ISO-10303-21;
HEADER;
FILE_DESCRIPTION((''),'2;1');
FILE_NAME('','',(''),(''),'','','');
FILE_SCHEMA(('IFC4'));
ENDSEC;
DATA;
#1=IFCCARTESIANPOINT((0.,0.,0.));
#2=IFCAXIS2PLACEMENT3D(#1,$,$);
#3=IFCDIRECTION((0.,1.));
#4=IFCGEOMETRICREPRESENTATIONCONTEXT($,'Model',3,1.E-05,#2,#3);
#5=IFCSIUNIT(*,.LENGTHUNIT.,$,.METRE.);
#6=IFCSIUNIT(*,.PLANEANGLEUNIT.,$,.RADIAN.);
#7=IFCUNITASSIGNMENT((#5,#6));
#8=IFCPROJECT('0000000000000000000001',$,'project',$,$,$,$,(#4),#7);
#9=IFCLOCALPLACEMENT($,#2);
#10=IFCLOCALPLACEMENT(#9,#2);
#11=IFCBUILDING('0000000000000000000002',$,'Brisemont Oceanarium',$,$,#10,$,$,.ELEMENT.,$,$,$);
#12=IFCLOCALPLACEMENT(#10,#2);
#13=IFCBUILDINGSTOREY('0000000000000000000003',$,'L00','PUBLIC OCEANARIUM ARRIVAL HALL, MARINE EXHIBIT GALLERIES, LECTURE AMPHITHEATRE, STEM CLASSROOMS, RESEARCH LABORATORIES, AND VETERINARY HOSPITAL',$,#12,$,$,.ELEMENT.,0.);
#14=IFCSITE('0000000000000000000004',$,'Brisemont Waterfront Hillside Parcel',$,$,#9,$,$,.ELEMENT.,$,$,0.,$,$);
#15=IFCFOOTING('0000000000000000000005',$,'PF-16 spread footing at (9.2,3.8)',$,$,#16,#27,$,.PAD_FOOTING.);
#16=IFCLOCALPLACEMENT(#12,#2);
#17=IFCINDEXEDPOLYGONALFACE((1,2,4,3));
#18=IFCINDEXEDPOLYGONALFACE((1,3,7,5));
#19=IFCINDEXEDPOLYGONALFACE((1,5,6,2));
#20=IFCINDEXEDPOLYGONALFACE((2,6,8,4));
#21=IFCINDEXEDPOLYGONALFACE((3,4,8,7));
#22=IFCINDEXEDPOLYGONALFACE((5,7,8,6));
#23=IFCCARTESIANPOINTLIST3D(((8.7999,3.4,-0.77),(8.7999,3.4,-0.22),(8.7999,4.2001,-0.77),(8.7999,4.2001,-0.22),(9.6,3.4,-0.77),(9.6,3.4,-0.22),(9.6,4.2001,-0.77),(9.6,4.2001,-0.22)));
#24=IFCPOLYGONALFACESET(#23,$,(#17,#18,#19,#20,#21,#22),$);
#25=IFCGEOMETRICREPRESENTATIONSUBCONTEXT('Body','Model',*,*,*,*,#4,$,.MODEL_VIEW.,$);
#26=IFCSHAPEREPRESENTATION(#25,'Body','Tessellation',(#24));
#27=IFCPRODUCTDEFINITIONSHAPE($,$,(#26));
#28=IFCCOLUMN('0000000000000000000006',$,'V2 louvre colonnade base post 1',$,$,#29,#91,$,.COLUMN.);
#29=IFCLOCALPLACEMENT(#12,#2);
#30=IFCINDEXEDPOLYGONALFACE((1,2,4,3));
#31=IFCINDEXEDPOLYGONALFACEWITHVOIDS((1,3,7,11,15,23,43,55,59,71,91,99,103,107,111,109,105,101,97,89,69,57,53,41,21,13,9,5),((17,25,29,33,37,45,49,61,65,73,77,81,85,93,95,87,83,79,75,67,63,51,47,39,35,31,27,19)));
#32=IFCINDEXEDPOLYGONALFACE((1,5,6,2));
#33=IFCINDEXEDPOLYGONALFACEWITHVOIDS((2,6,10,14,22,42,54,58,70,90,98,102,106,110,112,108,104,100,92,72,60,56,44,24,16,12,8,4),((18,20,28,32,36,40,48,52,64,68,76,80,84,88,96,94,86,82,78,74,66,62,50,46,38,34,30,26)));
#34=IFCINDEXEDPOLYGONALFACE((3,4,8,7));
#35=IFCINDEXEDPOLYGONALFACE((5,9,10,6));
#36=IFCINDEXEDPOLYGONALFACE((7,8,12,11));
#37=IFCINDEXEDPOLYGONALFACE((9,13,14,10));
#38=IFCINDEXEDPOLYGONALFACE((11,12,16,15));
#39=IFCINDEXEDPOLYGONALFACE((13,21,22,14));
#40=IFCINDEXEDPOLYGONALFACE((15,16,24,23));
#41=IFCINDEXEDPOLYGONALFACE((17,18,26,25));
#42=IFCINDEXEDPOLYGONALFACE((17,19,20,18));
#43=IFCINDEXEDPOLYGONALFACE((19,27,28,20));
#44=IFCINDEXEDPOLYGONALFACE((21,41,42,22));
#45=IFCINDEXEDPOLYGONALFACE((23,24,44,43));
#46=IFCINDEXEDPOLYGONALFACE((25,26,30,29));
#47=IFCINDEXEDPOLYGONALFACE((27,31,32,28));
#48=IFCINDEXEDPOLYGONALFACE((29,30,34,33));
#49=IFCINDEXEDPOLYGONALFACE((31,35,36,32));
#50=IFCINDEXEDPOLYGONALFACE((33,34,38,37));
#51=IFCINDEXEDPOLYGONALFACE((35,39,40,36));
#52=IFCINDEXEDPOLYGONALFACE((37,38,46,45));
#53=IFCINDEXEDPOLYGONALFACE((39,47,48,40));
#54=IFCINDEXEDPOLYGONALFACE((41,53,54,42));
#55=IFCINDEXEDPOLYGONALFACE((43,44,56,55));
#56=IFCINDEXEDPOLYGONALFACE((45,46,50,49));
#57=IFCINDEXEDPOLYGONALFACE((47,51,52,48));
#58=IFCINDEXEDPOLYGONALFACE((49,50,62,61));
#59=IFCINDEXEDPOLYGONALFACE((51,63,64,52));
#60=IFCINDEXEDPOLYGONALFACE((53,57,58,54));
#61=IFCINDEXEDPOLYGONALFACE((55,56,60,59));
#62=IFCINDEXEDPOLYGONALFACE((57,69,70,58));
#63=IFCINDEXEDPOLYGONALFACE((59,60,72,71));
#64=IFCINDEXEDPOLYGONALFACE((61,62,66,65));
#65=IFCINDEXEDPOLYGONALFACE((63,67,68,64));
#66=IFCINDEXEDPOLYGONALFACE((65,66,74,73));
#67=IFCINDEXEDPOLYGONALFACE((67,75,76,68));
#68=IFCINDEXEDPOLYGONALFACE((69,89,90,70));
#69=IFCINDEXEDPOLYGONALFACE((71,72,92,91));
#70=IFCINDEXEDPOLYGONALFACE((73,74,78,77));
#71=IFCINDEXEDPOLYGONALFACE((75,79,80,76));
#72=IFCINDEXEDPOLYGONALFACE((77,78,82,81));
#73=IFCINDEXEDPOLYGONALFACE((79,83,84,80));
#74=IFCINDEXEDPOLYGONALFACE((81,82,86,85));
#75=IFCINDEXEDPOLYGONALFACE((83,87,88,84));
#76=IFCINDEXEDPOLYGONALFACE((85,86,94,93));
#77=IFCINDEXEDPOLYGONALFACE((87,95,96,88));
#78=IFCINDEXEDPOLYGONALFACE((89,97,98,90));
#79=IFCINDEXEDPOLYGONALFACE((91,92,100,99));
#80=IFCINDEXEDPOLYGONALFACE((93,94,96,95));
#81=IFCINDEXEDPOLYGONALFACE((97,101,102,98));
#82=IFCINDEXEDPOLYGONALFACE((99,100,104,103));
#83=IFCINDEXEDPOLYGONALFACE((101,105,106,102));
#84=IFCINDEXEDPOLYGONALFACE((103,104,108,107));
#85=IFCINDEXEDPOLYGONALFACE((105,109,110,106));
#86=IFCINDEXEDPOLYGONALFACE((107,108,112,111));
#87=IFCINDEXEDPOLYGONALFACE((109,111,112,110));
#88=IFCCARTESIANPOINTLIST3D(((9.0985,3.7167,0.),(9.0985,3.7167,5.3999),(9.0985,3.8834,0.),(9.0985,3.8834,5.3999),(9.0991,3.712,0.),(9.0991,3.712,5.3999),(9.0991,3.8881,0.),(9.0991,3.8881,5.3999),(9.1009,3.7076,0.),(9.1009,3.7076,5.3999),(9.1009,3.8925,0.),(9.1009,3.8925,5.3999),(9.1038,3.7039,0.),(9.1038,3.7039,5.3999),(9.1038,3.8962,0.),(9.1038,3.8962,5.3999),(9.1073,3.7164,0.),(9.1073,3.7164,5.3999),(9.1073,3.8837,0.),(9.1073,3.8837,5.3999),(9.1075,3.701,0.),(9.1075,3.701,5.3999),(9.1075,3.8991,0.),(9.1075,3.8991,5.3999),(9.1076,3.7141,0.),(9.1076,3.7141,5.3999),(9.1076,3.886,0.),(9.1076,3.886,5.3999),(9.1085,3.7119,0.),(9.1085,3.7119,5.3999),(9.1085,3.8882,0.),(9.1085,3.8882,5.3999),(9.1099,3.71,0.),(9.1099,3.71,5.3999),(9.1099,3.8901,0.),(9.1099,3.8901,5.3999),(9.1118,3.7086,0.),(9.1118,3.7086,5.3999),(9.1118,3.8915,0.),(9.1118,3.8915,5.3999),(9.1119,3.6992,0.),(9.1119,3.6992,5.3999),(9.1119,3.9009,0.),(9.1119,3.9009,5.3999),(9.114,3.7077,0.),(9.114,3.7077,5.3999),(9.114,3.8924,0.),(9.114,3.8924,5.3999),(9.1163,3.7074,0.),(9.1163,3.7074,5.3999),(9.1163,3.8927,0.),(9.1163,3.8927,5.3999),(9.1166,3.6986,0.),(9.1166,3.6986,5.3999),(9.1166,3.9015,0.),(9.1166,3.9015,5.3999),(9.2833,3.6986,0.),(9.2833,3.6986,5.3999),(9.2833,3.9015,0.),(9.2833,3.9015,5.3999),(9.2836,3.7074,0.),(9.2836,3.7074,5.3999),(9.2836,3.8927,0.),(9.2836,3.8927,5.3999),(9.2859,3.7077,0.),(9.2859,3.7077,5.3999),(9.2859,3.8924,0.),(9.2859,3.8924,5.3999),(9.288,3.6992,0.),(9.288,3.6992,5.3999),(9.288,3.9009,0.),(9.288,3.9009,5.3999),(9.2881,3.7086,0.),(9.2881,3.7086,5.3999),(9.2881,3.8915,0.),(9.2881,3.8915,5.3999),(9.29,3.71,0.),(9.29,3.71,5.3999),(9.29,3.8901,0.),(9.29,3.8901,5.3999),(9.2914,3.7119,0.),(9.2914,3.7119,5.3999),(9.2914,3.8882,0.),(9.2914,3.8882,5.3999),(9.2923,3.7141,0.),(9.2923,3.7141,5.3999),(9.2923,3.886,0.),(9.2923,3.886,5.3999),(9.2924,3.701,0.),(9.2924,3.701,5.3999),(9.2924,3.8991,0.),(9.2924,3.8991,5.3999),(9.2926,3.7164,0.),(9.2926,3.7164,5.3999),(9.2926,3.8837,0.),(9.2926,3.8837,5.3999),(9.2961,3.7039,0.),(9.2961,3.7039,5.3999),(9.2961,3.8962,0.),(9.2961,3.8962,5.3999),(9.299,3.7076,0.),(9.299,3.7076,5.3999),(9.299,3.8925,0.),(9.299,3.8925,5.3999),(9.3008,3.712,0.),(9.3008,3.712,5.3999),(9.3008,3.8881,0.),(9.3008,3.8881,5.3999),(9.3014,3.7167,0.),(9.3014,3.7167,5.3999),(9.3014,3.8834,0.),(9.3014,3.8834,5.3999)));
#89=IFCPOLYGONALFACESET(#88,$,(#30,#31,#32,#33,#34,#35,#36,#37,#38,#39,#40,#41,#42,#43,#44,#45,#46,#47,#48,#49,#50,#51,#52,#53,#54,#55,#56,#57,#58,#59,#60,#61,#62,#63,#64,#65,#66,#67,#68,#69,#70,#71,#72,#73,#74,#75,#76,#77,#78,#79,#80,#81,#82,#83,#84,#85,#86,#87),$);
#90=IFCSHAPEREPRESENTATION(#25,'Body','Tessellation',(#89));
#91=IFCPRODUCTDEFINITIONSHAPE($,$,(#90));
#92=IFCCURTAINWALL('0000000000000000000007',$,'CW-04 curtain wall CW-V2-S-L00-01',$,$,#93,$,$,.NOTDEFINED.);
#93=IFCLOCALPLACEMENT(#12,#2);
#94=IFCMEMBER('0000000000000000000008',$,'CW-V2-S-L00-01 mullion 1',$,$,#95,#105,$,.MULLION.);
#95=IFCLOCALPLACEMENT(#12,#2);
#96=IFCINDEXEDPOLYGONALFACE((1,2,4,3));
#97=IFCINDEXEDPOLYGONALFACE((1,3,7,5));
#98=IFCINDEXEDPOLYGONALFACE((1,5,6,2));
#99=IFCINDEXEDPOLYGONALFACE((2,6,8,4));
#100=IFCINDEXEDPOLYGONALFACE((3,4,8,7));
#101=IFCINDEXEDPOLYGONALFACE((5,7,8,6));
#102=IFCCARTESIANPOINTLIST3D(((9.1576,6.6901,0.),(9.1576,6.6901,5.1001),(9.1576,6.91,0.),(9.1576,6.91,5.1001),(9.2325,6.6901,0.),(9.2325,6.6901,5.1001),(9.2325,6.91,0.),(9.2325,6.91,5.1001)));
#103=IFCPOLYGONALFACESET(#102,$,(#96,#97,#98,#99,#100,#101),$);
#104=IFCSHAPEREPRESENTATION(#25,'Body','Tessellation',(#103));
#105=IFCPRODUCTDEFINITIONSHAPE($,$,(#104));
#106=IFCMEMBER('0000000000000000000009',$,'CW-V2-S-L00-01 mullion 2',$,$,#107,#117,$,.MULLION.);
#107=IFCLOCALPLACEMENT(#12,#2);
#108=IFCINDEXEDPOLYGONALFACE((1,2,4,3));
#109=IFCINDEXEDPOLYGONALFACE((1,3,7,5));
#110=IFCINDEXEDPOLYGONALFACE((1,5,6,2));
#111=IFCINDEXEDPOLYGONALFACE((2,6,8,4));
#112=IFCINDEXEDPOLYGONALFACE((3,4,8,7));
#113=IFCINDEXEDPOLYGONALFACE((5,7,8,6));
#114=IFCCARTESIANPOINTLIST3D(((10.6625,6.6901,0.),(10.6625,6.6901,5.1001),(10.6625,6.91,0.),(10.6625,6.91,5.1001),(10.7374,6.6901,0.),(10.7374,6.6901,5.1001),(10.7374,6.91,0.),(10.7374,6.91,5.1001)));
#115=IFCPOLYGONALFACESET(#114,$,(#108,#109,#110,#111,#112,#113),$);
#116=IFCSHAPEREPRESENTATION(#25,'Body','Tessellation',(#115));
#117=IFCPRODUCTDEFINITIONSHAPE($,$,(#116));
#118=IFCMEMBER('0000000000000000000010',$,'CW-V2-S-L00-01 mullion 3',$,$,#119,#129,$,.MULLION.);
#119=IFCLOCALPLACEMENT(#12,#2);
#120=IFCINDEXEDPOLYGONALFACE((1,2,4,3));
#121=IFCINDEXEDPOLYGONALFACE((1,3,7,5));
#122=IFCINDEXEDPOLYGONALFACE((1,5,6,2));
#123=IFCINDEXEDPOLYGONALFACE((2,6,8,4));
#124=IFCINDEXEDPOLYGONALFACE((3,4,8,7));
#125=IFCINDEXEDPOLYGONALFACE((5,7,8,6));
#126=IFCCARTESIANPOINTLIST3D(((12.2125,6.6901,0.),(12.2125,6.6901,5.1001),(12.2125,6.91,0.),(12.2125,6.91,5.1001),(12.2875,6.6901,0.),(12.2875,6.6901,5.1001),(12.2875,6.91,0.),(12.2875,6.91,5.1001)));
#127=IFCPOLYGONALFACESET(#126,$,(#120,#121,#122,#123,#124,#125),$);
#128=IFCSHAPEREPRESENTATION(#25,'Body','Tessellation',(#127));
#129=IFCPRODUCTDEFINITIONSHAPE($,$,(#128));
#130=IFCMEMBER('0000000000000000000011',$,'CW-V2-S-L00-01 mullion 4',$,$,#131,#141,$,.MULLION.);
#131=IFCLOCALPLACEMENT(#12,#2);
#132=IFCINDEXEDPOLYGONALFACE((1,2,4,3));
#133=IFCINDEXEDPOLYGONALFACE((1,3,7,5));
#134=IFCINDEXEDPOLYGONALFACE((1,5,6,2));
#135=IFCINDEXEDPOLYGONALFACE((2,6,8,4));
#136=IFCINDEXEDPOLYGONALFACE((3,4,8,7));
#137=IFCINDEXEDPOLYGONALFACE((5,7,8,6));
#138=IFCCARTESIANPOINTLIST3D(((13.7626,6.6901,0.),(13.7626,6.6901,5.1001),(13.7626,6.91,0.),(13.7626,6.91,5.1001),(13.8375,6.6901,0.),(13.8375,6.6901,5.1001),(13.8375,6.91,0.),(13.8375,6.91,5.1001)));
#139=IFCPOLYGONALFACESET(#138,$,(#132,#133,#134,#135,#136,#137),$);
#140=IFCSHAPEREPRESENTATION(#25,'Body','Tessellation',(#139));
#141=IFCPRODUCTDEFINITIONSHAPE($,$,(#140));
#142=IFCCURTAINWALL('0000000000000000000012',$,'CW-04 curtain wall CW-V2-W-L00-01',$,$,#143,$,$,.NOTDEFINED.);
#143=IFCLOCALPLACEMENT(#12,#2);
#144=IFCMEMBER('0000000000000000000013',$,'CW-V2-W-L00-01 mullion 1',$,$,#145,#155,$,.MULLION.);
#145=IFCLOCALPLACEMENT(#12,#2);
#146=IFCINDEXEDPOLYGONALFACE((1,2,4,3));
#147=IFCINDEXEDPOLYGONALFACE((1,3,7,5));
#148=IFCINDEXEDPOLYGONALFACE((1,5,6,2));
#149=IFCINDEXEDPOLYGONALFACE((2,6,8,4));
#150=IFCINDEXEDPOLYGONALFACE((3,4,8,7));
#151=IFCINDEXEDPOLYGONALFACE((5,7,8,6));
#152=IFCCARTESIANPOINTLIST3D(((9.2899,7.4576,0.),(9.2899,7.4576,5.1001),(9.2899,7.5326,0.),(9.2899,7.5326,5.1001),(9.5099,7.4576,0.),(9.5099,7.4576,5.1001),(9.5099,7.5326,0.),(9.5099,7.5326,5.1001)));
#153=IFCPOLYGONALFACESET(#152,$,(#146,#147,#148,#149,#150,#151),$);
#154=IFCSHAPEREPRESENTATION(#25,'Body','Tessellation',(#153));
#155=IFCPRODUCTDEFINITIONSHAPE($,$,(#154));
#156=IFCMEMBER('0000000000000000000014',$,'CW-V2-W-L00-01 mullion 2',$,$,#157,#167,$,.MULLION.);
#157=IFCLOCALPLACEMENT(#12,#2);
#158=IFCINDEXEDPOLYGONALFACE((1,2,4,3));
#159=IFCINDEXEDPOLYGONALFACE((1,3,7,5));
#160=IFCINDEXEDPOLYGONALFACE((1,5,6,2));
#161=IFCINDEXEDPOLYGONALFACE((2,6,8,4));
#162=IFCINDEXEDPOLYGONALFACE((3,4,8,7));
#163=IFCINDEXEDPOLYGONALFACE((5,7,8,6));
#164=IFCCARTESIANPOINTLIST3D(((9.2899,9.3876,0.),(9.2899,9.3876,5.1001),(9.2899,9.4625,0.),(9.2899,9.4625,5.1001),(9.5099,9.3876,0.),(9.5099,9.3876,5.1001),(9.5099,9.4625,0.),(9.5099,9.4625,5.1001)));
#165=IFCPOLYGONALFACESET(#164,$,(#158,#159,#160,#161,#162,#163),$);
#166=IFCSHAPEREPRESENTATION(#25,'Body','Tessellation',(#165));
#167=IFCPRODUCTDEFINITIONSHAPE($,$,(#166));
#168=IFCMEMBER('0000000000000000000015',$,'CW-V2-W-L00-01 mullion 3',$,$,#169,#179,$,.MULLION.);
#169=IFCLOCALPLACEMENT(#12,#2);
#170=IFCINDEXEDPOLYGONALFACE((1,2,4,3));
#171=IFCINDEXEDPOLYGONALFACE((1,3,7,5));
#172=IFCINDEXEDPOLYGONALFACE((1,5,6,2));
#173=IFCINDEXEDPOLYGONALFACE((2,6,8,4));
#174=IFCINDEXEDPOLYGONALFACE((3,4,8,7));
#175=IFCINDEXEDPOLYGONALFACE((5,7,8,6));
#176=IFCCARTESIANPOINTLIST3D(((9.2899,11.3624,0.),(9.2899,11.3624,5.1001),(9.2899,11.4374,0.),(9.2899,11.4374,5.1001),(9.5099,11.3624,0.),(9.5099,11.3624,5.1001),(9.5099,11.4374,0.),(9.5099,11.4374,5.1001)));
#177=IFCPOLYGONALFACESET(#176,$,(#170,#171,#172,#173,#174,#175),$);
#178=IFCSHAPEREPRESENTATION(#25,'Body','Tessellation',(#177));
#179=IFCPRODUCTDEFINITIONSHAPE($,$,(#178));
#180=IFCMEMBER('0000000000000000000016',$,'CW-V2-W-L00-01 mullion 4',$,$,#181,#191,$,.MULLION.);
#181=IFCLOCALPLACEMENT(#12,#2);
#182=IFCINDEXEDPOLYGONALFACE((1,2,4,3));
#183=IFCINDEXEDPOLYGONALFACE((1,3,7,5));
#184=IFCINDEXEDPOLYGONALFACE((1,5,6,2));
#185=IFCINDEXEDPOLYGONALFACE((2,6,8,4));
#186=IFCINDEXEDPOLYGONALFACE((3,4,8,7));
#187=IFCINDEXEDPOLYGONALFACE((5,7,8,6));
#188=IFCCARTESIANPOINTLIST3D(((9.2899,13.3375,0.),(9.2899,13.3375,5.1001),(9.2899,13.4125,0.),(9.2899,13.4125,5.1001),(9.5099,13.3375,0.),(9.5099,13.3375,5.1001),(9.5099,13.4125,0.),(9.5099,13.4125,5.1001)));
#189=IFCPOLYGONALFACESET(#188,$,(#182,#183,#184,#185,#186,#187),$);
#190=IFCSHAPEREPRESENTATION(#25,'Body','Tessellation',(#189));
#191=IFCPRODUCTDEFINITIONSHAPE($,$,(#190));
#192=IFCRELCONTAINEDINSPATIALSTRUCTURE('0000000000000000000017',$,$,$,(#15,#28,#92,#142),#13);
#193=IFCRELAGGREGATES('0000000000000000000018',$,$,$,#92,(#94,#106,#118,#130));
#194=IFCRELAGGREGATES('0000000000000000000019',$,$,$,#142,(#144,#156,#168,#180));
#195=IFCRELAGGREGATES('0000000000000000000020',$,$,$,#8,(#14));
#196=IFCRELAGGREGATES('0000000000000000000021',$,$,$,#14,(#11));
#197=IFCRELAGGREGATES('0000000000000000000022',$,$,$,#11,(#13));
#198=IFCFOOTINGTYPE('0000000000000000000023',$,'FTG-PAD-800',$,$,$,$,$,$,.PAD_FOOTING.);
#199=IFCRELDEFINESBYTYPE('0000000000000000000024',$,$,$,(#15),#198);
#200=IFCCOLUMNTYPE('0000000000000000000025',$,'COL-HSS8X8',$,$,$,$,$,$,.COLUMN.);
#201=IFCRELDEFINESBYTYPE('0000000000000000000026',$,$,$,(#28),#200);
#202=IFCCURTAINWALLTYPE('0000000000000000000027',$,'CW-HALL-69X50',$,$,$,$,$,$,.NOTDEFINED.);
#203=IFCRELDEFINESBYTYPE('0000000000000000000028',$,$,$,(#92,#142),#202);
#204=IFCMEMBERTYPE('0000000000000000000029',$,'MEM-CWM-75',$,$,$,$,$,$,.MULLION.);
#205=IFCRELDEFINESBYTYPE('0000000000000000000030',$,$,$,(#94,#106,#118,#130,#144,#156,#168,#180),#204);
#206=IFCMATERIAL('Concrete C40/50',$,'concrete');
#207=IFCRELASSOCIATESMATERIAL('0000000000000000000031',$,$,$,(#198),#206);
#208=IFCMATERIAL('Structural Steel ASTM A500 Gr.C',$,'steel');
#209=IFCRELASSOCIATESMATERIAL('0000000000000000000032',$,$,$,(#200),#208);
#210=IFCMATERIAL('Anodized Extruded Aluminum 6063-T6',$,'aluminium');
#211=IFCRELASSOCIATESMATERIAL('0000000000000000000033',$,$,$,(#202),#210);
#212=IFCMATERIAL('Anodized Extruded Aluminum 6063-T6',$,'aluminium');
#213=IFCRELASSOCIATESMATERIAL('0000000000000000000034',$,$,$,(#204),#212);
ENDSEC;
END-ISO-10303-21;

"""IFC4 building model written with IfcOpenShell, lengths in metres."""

from ifc_helpers import new_model, si_unit, direction, frame, origin, origin_2d, place, context, subcontext, project, spatial, rectangle, hollow_rectangle, extrude, material, material_profile, profile_set, type_object, element, aggregate, save


model = new_model("IFC4")

# Units and contexts
model_context = context("Model", 3, precision=1e-05, world=origin(), true_north=direction((0.0, 1.0)))
body_context = subcontext(model_context, "Body", "Model", "MODEL_VIEW")
ifc_project = project(units=[si_unit("LENGTHUNIT", "METRE"), si_unit("PLANEANGLEUNIT", "RADIAN")], contexts=[model_context])

# Site, building, storey
site_placement = place(None, origin())
site = spatial("IfcSite", under=ifc_project, at=site_placement, Name="Brisemont Waterfront Hillside Parcel", CompositionType="ELEMENT", RefElevation=0.0)
building_placement = place(site_placement, origin())
building = spatial("IfcBuilding", under=site, at=building_placement, Name="Brisemont Oceanarium", CompositionType="ELEMENT")
storey_placement = place(building_placement, origin())
storey = spatial("IfcBuildingStorey", under=building, at=storey_placement, Name="L00", Description="PUBLIC OCEANARIUM ARRIVAL HALL, MARINE EXHIBIT GALLERIES, LECTURE AMPHITHEATRE, STEM CLASSROOMS, RESEARCH LABORATORIES, AND VETERINARY HOSPITAL", CompositionType="ELEMENT", Elevation=0.0)

# Footing
ifc_material_1 = material(Name="Concrete C40/50", Category="concrete")
footing_type = type_object("IfcFootingType", Name="FTG-PAD-800", PredefinedType="PAD_FOOTING", material=ifc_material_1)
footing_placement = place(storey_placement, frame((9.2, 3.8, -0.77), z_axis=(0.0, 0.0, 1.0), x_axis=(1.0, 0.0, 0.0)))
element("IfcFooting", 1, at=footing_placement, inside=storey, type_object=footing_type, Name="PF-16 spread footing at (9.2,3.8)", PredefinedType="PAD_FOOTING", context=body_context, shape_type="SweptSolid", body=[
    extrude(rectangle(XDim=0.8, YDim=0.8, at=origin_2d()), origin(), (0.0, 0.0, 1.0), 0.55),
])

# Column
ifc_material_2 = material(Name="Structural Steel ASTM A500 Gr.C", Category="steel")
ifc_material_profile_1 = material_profile(ifc_material_2, hollow_rectangle(XDim=0.2029, YDim=0.2029, WallThickness=0.0088, InnerFilletRadius=0.009, OuterFilletRadius=0.0181, at=origin_2d()), Name="HSS8X8X3/8")
ifc_profile_set_1 = profile_set([ifc_material_profile_1], Name="Structural Steel ASTM A500 Gr.C")
column_type = type_object("IfcColumnType", Name="COL-HSS8X8", PredefinedType="COLUMN", material=ifc_profile_set_1)
column_placement = place(storey_placement, frame((9.2, 3.8, 0.0), z_axis=(0.0, 0.0, 1.0), x_axis=(1.0, 0.0, 0.0)))
element("IfcColumn", 2, at=column_placement, inside=storey, type_object=column_type, Name="V2 louvre colonnade base post 1", PredefinedType="COLUMN", context=body_context, shape_type="SweptSolid", body=[
    extrude(hollow_rectangle(XDim=0.2029, YDim=0.2029, WallThickness=0.0088, InnerFilletRadius=0.009, OuterFilletRadius=0.0181, at=origin_2d()), origin(), (0.0, 0.0, 1.0), 5.3999),
])

# Curtain walls, members
ifc_material_3 = material(Name="Anodized Extruded Aluminum 6063-T6", Category="aluminium")
curtain_wall_type = type_object("IfcCurtainWallType", Name="CW-HALL-69X50", PredefinedType="NOTDEFINED", material=ifc_material_3)
curtain_wall_1_placement = place(storey_placement, origin())
curtain_wall_1 = element("IfcCurtainWall", 3, at=curtain_wall_1_placement, inside=storey, type_object=curtain_wall_type, Name="CW-04 curtain wall CW-V2-S-L00-01", PredefinedType="NOTDEFINED")
ifc_material_4 = material(Name="Anodized Extruded Aluminum 6063-T6", Category="aluminium")
ifc_material_profile_2 = material_profile(ifc_material_4, rectangle(XDim=0.075, YDim=0.22, at=origin_2d()), Name="CWM-75X220")
ifc_profile_set_2 = profile_set([ifc_material_profile_2], Name="Anodized Extruded Aluminum 6063-T6")
member_type_1 = type_object("IfcMemberType", Name="MEM-CWM-75", PredefinedType="MULLION", material=ifc_profile_set_2)
member_1_placement = place(storey_placement, frame((9.1951, 6.8, 0.0), z_axis=(0.0, 0.0, 1.0), x_axis=(1.0, 0.0, 0.0)))
member_1 = element("IfcMember", 4, at=member_1_placement, type_object=member_type_1, Name="CW-V2-S-L00-01 mullion 1", PredefinedType="MULLION", context=body_context, shape_type="SweptSolid", body=[
    extrude(rectangle(XDim=0.075, YDim=0.22, at=origin_2d()), origin(), (0.0, 0.0, 1.0), 5.1001),
])
member_2_placement = place(storey_placement, frame((10.7, 6.8, 0.0), z_axis=(0.0, 0.0, 1.0), x_axis=(1.0, 0.0, 0.0)))
member_2 = element("IfcMember", 5, at=member_2_placement, type_object=member_type_1, Name="CW-V2-S-L00-01 mullion 2", PredefinedType="MULLION", context=body_context, shape_type="SweptSolid", body=[
    extrude(rectangle(XDim=0.075, YDim=0.22, at=origin_2d()), origin(), (0.0, 0.0, 1.0), 5.1001),
])
member_3_placement = place(storey_placement, frame((12.25, 6.8, 0.0), z_axis=(0.0, 0.0, 1.0), x_axis=(1.0, 0.0, 0.0)))
member_3 = element("IfcMember", 6, at=member_3_placement, type_object=member_type_1, Name="CW-V2-S-L00-01 mullion 3", PredefinedType="MULLION", context=body_context, shape_type="SweptSolid", body=[
    extrude(rectangle(XDim=0.075, YDim=0.22, at=origin_2d()), origin(), (0.0, 0.0, 1.0), 5.1001),
])
member_4_placement = place(storey_placement, frame((13.8, 6.8, 0.0), z_axis=(0.0, 0.0, 1.0), x_axis=(1.0, 0.0, 0.0)))
member_4 = element("IfcMember", 7, at=member_4_placement, type_object=member_type_1, Name="CW-V2-S-L00-01 mullion 4", PredefinedType="MULLION", context=body_context, shape_type="SweptSolid", body=[
    extrude(rectangle(XDim=0.075, YDim=0.22, at=origin_2d()), origin(), (0.0, 0.0, 1.0), 5.1001),
])
curtain_wall_2_placement = place(storey_placement, origin())
curtain_wall_2 = element("IfcCurtainWall", 8, at=curtain_wall_2_placement, inside=storey, type_object=curtain_wall_type, Name="CW-04 curtain wall CW-V2-W-L00-01", PredefinedType="NOTDEFINED")
member_5_placement = place(storey_placement, frame((9.3999, 7.4951, 0.0), z_axis=(0.0, 0.0, 1.0), x_axis=(0.0, 1.0, 0.0)))
member_5 = element("IfcMember", 9, at=member_5_placement, type_object=member_type_1, Name="CW-V2-W-L00-01 mullion 1", PredefinedType="MULLION", context=body_context, shape_type="SweptSolid", body=[
    extrude(rectangle(XDim=0.075, YDim=0.22, at=origin_2d()), origin(), (0.0, 0.0, 1.0), 5.1001),
])
member_6_placement = place(storey_placement, frame((9.3999, 9.425, 0.0), z_axis=(0.0, 0.0, 1.0), x_axis=(0.0, 1.0, 0.0)))
member_6 = element("IfcMember", 10, at=member_6_placement, type_object=member_type_1, Name="CW-V2-W-L00-01 mullion 2", PredefinedType="MULLION", context=body_context, shape_type="SweptSolid", body=[
    extrude(rectangle(XDim=0.075, YDim=0.22, at=origin_2d()), origin(), (0.0, 0.0, 1.0), 5.1001),
])
member_7_placement = place(storey_placement, frame((9.3999, 11.3999, 0.0), z_axis=(0.0, 0.0, 1.0), x_axis=(0.0, 1.0, 0.0)))
member_7 = element("IfcMember", 11, at=member_7_placement, type_object=member_type_1, Name="CW-V2-W-L00-01 mullion 3", PredefinedType="MULLION", context=body_context, shape_type="SweptSolid", body=[
    extrude(rectangle(XDim=0.075, YDim=0.22, at=origin_2d()), origin(), (0.0, 0.0, 1.0), 5.1001),
])
member_8_placement = place(storey_placement, frame((9.3999, 13.375, 0.0), z_axis=(0.0, 0.0, 1.0), x_axis=(0.0, 1.0, 0.0)))
member_8 = element("IfcMember", 12, at=member_8_placement, type_object=member_type_1, Name="CW-V2-W-L00-01 mullion 4", PredefinedType="MULLION", context=body_context, shape_type="SweptSolid", body=[
    extrude(rectangle(XDim=0.075, YDim=0.22, at=origin_2d()), origin(), (0.0, 0.0, 1.0), 5.1001),
])

aggregate(curtain_wall_1, [member_1, member_2, member_3, member_4])
aggregate(curtain_wall_2, [member_5, member_6, member_7, member_8])

save(model, "model.ifc")
